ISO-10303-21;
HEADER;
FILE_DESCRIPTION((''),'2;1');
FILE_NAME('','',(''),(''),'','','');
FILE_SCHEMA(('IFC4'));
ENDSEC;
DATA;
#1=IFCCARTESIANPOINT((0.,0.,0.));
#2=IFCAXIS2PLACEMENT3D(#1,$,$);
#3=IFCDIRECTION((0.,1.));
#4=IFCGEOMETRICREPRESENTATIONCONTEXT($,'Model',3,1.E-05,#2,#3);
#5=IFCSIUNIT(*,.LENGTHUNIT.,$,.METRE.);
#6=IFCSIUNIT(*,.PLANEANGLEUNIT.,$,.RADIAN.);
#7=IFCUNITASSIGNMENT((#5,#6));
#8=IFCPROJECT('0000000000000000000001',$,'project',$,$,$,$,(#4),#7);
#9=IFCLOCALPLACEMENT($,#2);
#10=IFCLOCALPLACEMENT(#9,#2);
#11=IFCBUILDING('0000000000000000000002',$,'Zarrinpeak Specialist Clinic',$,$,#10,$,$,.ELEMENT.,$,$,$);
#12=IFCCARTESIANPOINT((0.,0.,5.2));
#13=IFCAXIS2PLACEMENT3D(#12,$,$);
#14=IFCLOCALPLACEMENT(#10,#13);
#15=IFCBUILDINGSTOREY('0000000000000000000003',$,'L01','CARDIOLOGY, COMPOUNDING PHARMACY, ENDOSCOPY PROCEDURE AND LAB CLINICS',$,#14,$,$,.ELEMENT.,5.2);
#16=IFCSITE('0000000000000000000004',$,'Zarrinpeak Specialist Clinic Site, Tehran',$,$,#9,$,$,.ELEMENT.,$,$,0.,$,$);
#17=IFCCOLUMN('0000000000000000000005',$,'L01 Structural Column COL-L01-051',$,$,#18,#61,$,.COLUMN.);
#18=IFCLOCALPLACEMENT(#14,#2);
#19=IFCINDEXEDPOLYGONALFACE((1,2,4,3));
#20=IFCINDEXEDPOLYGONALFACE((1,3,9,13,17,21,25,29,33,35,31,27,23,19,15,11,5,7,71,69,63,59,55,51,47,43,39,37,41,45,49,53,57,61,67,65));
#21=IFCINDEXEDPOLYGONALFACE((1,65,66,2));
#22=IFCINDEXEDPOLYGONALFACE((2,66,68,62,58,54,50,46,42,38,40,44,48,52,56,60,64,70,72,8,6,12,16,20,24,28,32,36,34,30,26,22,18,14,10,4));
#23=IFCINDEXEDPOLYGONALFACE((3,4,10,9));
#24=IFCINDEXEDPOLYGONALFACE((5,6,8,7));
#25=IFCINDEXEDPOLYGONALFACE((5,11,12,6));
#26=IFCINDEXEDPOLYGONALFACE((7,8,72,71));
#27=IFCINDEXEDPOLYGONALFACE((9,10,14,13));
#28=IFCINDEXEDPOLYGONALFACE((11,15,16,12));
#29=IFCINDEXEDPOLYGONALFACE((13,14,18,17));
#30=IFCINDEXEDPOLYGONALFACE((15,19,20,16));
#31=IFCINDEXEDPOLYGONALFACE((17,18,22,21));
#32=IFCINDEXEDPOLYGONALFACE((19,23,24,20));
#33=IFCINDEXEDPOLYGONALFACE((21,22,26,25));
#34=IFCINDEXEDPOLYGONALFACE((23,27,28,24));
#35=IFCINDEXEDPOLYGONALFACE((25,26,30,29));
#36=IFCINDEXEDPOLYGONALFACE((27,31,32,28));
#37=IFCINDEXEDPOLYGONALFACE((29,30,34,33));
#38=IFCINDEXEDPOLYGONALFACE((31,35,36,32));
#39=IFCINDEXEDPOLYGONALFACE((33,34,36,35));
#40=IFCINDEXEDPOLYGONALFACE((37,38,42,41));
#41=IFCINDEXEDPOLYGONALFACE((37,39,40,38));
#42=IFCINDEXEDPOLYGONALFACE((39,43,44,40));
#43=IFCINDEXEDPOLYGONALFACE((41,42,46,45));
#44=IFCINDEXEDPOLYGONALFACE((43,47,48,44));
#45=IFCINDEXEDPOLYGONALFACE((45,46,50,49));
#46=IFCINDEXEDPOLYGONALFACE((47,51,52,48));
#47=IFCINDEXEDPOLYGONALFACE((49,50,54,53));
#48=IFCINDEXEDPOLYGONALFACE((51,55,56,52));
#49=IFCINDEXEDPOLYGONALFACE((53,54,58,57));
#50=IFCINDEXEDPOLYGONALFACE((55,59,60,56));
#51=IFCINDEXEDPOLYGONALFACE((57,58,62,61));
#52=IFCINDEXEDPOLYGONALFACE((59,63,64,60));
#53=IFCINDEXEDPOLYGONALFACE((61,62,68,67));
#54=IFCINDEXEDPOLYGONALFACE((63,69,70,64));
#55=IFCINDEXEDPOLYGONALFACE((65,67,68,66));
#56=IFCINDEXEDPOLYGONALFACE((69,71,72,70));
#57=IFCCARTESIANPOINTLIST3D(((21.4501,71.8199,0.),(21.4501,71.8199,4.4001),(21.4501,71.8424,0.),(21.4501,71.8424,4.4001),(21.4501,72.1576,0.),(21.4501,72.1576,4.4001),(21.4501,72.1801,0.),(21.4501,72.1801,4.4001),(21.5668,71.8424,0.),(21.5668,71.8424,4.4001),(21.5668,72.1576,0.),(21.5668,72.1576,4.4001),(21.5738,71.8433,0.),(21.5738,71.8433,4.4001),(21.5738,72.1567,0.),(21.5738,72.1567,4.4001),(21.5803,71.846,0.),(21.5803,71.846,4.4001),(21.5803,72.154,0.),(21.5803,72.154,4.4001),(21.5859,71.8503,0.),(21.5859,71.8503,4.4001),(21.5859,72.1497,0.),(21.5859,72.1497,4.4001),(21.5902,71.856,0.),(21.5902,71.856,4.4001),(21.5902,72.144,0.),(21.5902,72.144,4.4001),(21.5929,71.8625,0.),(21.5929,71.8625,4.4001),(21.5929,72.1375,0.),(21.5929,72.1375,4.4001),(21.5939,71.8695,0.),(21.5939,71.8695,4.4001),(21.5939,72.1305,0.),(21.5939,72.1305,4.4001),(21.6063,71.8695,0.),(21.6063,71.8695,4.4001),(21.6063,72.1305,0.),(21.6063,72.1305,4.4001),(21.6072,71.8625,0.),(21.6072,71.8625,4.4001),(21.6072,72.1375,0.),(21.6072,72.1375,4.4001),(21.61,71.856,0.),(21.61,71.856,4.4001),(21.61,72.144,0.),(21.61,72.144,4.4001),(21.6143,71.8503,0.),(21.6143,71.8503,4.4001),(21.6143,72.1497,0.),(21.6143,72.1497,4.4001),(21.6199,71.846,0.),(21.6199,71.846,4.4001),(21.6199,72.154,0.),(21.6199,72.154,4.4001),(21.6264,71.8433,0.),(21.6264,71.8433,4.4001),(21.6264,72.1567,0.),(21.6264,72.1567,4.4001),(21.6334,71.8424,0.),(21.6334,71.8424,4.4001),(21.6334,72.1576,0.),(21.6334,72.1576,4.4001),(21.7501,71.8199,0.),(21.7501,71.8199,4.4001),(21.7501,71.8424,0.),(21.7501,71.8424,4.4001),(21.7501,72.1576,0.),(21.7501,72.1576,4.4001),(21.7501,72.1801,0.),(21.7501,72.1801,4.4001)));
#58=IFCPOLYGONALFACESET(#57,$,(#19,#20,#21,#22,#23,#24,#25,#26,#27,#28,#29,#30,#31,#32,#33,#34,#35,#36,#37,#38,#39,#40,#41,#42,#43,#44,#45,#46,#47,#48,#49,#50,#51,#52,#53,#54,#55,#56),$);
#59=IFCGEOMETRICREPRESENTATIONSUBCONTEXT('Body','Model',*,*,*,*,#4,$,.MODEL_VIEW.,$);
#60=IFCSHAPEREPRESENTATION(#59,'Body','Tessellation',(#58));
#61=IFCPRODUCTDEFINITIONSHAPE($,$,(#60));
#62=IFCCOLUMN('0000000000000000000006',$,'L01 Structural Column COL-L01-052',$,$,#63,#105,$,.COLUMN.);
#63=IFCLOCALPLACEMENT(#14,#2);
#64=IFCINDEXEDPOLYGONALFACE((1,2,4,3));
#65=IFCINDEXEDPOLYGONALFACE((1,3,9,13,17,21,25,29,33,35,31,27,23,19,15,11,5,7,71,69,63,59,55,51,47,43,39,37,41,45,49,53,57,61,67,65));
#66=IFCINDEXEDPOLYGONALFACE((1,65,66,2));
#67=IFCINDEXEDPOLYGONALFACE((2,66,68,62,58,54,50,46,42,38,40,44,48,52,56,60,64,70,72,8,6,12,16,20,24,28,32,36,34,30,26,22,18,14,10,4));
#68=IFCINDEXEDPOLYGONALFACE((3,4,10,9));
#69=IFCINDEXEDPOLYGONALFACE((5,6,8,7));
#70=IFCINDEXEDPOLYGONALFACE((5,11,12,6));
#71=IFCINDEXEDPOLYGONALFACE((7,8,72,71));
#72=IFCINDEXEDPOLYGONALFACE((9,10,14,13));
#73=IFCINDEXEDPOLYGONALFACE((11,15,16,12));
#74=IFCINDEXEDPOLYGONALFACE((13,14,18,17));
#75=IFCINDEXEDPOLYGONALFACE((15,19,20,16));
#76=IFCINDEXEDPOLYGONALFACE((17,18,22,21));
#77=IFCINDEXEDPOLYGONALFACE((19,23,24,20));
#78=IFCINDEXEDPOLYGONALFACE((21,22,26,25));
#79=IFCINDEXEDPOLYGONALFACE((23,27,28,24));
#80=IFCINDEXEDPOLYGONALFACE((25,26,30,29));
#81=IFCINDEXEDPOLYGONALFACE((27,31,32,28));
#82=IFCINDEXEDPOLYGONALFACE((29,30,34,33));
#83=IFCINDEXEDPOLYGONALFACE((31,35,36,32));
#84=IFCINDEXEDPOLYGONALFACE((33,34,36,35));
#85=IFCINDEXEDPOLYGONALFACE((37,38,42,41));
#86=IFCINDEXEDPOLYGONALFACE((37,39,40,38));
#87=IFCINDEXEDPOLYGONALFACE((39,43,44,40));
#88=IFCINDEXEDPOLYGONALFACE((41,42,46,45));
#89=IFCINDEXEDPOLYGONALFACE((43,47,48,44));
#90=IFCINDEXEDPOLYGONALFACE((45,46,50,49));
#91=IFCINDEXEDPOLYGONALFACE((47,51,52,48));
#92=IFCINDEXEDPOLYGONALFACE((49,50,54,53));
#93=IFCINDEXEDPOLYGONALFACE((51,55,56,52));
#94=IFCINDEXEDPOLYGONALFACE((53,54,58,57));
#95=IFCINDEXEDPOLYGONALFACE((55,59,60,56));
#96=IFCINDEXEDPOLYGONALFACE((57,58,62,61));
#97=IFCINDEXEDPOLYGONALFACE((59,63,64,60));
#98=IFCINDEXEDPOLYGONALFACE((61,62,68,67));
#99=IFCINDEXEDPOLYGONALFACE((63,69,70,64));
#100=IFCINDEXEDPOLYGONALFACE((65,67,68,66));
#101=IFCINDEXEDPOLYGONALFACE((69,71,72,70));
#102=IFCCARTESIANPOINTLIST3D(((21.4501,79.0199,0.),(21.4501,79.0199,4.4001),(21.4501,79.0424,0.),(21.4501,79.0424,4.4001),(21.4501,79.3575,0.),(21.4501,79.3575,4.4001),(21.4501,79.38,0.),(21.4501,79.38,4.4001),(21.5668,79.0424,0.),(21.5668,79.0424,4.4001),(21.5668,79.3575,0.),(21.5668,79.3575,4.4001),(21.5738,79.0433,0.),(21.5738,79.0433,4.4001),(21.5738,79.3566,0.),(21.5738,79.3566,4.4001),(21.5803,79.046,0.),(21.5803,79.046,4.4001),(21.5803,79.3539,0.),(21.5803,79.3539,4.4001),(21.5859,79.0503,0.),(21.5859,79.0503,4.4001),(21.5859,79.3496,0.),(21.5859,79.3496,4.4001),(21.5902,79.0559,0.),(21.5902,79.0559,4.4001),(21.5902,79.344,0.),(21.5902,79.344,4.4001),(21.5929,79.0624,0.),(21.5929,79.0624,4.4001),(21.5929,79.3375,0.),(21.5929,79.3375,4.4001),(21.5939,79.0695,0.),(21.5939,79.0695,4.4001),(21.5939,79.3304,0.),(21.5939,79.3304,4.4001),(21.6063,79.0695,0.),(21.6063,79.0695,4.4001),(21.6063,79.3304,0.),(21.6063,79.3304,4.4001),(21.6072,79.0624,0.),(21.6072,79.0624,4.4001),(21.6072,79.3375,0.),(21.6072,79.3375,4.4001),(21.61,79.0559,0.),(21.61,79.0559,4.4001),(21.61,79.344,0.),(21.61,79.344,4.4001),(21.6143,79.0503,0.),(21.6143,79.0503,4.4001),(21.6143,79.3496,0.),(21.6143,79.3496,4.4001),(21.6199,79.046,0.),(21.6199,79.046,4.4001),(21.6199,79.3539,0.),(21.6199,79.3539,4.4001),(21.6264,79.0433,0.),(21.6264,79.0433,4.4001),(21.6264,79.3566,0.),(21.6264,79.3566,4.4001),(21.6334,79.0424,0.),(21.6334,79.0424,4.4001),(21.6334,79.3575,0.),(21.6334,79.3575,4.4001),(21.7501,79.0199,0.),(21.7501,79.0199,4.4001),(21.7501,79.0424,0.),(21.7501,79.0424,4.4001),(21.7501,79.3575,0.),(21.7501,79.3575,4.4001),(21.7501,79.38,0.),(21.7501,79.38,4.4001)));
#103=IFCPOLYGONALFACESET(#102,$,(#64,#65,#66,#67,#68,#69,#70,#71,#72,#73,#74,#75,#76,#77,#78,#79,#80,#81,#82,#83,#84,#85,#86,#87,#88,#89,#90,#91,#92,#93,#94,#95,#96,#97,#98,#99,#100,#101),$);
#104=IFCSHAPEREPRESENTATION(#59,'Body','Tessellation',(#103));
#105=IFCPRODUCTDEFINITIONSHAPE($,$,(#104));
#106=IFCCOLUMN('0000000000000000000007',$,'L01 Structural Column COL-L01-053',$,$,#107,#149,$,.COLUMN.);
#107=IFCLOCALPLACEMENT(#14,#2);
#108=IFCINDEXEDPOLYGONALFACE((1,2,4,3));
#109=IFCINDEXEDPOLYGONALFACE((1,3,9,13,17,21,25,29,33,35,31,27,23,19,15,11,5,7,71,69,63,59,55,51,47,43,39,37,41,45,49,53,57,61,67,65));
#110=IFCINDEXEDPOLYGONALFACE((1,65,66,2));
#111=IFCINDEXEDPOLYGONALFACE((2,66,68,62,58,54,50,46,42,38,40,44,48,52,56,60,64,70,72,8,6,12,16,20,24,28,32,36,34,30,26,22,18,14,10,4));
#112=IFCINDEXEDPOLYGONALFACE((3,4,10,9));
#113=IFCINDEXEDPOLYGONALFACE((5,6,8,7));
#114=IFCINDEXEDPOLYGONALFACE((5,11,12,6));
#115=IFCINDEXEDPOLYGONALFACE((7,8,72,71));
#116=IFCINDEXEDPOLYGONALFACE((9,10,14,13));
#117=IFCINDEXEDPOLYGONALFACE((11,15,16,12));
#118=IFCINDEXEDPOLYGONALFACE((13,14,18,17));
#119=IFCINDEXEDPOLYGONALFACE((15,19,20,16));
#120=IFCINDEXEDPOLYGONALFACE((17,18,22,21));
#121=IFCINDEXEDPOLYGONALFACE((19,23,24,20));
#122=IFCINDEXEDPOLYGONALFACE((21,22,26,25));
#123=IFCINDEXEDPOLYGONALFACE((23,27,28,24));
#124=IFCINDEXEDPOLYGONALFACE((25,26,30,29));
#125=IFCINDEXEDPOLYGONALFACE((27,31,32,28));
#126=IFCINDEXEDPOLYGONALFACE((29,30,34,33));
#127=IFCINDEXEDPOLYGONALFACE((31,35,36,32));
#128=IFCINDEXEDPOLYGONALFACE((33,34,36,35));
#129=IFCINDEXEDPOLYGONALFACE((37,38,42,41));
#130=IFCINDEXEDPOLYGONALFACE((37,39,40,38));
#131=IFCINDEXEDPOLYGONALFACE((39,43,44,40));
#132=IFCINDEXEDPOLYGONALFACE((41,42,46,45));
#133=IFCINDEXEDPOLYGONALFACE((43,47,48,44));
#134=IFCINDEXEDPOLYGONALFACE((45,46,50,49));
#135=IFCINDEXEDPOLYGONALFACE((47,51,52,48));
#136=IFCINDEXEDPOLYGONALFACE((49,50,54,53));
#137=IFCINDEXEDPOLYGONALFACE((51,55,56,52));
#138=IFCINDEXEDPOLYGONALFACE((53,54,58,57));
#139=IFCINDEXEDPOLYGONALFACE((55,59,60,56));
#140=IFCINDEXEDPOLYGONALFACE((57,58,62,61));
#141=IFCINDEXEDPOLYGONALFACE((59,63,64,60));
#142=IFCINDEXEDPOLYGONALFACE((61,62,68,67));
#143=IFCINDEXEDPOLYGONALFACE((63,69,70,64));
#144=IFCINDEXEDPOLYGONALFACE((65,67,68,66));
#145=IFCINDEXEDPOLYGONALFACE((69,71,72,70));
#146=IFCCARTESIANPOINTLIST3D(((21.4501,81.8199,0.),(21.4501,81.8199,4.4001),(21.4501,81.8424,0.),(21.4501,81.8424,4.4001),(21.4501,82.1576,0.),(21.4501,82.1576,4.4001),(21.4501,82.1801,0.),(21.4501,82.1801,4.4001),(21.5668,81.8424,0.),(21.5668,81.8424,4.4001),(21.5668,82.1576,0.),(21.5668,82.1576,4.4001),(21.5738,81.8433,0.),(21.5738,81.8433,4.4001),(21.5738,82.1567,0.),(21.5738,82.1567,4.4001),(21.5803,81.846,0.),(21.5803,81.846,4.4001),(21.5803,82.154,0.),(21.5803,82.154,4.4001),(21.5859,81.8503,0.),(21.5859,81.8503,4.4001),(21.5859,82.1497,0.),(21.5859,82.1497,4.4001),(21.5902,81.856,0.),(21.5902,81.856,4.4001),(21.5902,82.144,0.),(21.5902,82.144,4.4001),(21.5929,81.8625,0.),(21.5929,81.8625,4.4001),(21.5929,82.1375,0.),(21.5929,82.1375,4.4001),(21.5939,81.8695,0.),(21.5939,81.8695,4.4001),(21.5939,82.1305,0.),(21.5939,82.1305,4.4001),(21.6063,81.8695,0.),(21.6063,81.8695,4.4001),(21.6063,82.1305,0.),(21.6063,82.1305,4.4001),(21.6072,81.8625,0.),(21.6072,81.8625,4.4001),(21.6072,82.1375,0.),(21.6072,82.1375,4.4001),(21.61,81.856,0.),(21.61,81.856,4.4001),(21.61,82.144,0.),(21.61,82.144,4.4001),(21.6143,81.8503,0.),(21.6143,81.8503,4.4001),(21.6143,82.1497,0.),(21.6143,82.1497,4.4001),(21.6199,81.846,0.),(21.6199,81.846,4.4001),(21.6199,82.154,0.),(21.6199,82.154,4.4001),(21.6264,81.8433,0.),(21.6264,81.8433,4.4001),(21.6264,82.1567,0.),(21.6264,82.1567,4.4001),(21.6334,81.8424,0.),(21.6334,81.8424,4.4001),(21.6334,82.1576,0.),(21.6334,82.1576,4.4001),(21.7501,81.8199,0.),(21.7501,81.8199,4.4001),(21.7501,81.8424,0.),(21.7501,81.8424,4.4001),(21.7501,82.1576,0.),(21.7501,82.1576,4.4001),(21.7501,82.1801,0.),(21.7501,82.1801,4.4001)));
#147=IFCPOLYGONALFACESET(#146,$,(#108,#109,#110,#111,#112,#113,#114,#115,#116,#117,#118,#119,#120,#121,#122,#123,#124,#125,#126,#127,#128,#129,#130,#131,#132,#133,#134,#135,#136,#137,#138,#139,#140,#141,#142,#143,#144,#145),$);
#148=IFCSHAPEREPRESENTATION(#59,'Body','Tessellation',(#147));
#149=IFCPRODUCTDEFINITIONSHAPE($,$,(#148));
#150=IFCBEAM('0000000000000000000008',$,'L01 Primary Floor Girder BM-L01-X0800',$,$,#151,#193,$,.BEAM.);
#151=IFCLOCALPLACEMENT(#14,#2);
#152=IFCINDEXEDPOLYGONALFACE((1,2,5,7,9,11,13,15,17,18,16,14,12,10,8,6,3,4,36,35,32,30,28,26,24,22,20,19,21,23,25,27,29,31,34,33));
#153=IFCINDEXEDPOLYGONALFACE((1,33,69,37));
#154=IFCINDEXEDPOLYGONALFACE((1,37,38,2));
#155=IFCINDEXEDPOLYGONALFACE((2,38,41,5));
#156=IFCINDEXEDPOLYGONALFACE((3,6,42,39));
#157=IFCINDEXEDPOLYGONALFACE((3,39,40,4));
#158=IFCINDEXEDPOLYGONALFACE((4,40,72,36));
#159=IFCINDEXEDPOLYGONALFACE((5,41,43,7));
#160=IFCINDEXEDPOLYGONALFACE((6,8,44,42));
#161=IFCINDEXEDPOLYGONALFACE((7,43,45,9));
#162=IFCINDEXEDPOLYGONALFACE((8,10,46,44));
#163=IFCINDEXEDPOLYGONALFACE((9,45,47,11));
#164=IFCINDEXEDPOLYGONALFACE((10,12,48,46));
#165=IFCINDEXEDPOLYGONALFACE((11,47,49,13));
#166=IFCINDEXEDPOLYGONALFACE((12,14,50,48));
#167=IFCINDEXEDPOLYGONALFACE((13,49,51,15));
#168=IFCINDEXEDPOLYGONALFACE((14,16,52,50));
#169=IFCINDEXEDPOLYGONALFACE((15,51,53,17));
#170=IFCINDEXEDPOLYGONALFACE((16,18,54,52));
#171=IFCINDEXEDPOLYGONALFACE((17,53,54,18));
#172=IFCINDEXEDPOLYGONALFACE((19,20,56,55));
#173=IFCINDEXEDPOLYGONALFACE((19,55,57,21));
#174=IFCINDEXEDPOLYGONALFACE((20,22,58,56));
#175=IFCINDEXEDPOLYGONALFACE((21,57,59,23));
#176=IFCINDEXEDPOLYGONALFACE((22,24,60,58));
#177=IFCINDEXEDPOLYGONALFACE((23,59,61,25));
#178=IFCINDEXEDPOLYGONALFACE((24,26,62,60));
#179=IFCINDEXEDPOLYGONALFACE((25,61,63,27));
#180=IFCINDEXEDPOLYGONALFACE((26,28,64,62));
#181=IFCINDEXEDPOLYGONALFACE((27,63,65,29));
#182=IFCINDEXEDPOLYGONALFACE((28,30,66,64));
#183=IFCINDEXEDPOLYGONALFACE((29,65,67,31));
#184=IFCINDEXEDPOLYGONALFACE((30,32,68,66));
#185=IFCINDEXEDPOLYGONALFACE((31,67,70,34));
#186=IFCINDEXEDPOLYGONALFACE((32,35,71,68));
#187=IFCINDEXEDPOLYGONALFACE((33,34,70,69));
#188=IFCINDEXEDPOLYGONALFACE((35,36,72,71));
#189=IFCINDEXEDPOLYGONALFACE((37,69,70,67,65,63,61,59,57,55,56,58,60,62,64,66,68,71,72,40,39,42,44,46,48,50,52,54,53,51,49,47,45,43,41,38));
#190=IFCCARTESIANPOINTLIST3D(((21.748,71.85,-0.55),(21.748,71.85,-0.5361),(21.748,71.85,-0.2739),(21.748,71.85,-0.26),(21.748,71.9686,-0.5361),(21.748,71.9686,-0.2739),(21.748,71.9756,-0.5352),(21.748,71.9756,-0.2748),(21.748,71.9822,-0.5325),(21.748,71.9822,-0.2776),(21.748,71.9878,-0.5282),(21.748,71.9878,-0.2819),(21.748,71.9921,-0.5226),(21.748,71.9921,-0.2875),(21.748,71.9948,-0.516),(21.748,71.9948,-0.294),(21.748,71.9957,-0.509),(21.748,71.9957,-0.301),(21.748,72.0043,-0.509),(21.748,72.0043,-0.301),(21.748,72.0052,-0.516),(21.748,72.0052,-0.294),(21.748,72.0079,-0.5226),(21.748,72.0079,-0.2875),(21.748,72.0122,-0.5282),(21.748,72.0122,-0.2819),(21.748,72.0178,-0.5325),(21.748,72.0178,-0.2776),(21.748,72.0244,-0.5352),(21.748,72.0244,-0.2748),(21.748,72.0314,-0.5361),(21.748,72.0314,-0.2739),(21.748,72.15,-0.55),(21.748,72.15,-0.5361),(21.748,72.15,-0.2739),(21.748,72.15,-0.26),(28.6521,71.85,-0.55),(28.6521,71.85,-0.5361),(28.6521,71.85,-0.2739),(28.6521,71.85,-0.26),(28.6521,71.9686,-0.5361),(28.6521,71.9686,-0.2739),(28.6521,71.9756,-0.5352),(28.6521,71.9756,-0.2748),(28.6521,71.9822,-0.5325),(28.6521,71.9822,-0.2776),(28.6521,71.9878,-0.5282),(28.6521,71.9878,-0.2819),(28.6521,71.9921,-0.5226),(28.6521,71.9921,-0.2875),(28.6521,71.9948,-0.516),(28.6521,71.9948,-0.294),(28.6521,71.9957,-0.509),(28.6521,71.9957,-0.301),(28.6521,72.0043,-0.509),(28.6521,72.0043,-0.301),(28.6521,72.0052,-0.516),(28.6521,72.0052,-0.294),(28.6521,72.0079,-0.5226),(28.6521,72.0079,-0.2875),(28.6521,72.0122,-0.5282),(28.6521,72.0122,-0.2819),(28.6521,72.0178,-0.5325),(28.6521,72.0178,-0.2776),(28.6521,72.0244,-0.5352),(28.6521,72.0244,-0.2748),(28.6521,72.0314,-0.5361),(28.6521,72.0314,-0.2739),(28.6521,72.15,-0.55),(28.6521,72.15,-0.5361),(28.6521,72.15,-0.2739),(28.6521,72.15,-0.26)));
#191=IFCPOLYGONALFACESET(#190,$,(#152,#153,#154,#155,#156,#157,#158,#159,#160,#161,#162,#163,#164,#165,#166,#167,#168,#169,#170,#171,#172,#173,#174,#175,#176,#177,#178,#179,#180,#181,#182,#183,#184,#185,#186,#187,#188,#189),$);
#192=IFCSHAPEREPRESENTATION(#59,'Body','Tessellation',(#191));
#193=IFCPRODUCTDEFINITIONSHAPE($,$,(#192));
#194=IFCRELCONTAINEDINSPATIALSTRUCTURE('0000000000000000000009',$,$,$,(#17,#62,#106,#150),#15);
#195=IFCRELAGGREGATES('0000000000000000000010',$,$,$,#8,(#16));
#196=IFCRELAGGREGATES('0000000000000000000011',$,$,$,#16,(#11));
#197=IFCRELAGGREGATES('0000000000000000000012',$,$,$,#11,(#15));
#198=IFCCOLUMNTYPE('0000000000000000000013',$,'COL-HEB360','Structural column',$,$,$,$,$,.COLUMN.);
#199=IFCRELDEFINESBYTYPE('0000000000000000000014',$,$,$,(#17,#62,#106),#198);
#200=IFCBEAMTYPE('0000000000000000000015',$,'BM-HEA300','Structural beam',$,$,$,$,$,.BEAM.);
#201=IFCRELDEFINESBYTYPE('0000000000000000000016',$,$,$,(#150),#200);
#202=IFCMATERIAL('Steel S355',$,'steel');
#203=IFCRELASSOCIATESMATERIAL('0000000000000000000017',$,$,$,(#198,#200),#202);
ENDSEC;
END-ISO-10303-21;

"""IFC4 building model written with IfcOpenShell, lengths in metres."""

from ifc_helpers import new_model, si_unit, direction, frame, origin, origin_2d, place, context, subcontext, project, spatial, i_section, extrude, material, material_profile, profile_set, type_object, element, save


model = new_model("IFC4")

# Units and contexts
model_context = context("Model", 3, precision=1e-05, world=origin(), true_north=direction((0.0, 1.0)))
body_context = subcontext(model_context, "Body", "Model", "MODEL_VIEW")
ifc_project = project(units=[si_unit("LENGTHUNIT", "METRE"), si_unit("PLANEANGLEUNIT", "RADIAN")], contexts=[model_context])

# Site, building, storey
site_placement = place(None, origin())
site = spatial("IfcSite", under=ifc_project, at=site_placement, Name="Zarrinpeak Specialist Clinic Site, Tehran", CompositionType="ELEMENT", RefElevation=0.0)
building_placement = place(site_placement, origin())
building = spatial("IfcBuilding", under=site, at=building_placement, Name="Zarrinpeak Specialist Clinic", CompositionType="ELEMENT")
storey_placement = place(building_placement, frame((0.0, 0.0, 5.2)))
storey = spatial("IfcBuildingStorey", under=building, at=storey_placement, Name="L01", Description="CARDIOLOGY, COMPOUNDING PHARMACY, ENDOSCOPY PROCEDURE AND LAB CLINICS", CompositionType="ELEMENT", Elevation=5.2)

# Columns
ifc_material_1 = material(Name="Steel S355", Category="steel")
ifc_material_profile_1 = material_profile(ifc_material_1, i_section(OverallWidth=0.3, OverallDepth=0.3601, WebThickness=0.0125, FlangeThickness=0.0225, FilletRadius=0.0271, at=origin_2d()), Name="HEB 360")
ifc_profile_set_1 = profile_set([ifc_material_profile_1], Name="Steel S355")
column_type = type_object("IfcColumnType", Name="COL-HEB360", Description="Structural column", PredefinedType="COLUMN", material=ifc_profile_set_1)
for number, where, z_axis, x_axis, name in (
    (1, (21.6001, 72.0, 0.0), (0.0, 0.0, 1.0), (1.0, 0.0, 0.0), "L01 Structural Column COL-L01-051"),
    (2, (21.6001, 79.2, 0.0), (0.0, 0.0, 1.0), (1.0, 0.0, 0.0), "L01 Structural Column COL-L01-052"),
    (3, (21.6001, 82.0, 0.0), (0.0, 0.0, 1.0), (1.0, 0.0, 0.0), "L01 Structural Column COL-L01-053"),
):
    element("IfcColumn", number, at=place(storey_placement, frame(where, z_axis=z_axis, x_axis=x_axis)), inside=storey, type_object=column_type, Name=name, PredefinedType="COLUMN", context=body_context, shape_type="SweptSolid", body=[
        extrude(i_section(OverallWidth=0.3, OverallDepth=0.3601, WebThickness=0.0125, FlangeThickness=0.0225, FilletRadius=0.0271, at=origin_2d()), origin(), (0.0, 0.0, 1.0), 4.4001),
    ])

# Beam
ifc_material_profile_2 = material_profile(ifc_material_1, i_section(OverallWidth=0.3, OverallDepth=0.29, WebThickness=0.0085, FlangeThickness=0.0139, FilletRadius=0.0271, at=origin_2d()), Name="HEA 300")
ifc_profile_set_2 = profile_set([ifc_material_profile_2], Name="Steel S355")
beam_type_1 = type_object("IfcBeamType", Name="BM-HEA300", Description="Structural beam", PredefinedType="BEAM", material=ifc_profile_set_2)
for number, where, z_axis, x_axis, name in (
    (4, (21.748, 72.0, -0.405), (1.0, 0.0, 0.0), (0.0, 1.0, 0.0), "L01 Primary Floor Girder BM-L01-X0800"),
):
    element("IfcBeam", number, at=place(storey_placement, frame(where, z_axis=z_axis, x_axis=x_axis)), inside=storey, type_object=beam_type_1, Name=name, PredefinedType="BEAM", context=body_context, shape_type="SweptSolid", body=[
        extrude(i_section(OverallWidth=0.3, OverallDepth=0.29, WebThickness=0.0085, FlangeThickness=0.0139, FilletRadius=0.0271, at=origin_2d()), origin(), (0.0, 0.0, 1.0), 6.9041),
    ])

save(model, "model.ifc")
